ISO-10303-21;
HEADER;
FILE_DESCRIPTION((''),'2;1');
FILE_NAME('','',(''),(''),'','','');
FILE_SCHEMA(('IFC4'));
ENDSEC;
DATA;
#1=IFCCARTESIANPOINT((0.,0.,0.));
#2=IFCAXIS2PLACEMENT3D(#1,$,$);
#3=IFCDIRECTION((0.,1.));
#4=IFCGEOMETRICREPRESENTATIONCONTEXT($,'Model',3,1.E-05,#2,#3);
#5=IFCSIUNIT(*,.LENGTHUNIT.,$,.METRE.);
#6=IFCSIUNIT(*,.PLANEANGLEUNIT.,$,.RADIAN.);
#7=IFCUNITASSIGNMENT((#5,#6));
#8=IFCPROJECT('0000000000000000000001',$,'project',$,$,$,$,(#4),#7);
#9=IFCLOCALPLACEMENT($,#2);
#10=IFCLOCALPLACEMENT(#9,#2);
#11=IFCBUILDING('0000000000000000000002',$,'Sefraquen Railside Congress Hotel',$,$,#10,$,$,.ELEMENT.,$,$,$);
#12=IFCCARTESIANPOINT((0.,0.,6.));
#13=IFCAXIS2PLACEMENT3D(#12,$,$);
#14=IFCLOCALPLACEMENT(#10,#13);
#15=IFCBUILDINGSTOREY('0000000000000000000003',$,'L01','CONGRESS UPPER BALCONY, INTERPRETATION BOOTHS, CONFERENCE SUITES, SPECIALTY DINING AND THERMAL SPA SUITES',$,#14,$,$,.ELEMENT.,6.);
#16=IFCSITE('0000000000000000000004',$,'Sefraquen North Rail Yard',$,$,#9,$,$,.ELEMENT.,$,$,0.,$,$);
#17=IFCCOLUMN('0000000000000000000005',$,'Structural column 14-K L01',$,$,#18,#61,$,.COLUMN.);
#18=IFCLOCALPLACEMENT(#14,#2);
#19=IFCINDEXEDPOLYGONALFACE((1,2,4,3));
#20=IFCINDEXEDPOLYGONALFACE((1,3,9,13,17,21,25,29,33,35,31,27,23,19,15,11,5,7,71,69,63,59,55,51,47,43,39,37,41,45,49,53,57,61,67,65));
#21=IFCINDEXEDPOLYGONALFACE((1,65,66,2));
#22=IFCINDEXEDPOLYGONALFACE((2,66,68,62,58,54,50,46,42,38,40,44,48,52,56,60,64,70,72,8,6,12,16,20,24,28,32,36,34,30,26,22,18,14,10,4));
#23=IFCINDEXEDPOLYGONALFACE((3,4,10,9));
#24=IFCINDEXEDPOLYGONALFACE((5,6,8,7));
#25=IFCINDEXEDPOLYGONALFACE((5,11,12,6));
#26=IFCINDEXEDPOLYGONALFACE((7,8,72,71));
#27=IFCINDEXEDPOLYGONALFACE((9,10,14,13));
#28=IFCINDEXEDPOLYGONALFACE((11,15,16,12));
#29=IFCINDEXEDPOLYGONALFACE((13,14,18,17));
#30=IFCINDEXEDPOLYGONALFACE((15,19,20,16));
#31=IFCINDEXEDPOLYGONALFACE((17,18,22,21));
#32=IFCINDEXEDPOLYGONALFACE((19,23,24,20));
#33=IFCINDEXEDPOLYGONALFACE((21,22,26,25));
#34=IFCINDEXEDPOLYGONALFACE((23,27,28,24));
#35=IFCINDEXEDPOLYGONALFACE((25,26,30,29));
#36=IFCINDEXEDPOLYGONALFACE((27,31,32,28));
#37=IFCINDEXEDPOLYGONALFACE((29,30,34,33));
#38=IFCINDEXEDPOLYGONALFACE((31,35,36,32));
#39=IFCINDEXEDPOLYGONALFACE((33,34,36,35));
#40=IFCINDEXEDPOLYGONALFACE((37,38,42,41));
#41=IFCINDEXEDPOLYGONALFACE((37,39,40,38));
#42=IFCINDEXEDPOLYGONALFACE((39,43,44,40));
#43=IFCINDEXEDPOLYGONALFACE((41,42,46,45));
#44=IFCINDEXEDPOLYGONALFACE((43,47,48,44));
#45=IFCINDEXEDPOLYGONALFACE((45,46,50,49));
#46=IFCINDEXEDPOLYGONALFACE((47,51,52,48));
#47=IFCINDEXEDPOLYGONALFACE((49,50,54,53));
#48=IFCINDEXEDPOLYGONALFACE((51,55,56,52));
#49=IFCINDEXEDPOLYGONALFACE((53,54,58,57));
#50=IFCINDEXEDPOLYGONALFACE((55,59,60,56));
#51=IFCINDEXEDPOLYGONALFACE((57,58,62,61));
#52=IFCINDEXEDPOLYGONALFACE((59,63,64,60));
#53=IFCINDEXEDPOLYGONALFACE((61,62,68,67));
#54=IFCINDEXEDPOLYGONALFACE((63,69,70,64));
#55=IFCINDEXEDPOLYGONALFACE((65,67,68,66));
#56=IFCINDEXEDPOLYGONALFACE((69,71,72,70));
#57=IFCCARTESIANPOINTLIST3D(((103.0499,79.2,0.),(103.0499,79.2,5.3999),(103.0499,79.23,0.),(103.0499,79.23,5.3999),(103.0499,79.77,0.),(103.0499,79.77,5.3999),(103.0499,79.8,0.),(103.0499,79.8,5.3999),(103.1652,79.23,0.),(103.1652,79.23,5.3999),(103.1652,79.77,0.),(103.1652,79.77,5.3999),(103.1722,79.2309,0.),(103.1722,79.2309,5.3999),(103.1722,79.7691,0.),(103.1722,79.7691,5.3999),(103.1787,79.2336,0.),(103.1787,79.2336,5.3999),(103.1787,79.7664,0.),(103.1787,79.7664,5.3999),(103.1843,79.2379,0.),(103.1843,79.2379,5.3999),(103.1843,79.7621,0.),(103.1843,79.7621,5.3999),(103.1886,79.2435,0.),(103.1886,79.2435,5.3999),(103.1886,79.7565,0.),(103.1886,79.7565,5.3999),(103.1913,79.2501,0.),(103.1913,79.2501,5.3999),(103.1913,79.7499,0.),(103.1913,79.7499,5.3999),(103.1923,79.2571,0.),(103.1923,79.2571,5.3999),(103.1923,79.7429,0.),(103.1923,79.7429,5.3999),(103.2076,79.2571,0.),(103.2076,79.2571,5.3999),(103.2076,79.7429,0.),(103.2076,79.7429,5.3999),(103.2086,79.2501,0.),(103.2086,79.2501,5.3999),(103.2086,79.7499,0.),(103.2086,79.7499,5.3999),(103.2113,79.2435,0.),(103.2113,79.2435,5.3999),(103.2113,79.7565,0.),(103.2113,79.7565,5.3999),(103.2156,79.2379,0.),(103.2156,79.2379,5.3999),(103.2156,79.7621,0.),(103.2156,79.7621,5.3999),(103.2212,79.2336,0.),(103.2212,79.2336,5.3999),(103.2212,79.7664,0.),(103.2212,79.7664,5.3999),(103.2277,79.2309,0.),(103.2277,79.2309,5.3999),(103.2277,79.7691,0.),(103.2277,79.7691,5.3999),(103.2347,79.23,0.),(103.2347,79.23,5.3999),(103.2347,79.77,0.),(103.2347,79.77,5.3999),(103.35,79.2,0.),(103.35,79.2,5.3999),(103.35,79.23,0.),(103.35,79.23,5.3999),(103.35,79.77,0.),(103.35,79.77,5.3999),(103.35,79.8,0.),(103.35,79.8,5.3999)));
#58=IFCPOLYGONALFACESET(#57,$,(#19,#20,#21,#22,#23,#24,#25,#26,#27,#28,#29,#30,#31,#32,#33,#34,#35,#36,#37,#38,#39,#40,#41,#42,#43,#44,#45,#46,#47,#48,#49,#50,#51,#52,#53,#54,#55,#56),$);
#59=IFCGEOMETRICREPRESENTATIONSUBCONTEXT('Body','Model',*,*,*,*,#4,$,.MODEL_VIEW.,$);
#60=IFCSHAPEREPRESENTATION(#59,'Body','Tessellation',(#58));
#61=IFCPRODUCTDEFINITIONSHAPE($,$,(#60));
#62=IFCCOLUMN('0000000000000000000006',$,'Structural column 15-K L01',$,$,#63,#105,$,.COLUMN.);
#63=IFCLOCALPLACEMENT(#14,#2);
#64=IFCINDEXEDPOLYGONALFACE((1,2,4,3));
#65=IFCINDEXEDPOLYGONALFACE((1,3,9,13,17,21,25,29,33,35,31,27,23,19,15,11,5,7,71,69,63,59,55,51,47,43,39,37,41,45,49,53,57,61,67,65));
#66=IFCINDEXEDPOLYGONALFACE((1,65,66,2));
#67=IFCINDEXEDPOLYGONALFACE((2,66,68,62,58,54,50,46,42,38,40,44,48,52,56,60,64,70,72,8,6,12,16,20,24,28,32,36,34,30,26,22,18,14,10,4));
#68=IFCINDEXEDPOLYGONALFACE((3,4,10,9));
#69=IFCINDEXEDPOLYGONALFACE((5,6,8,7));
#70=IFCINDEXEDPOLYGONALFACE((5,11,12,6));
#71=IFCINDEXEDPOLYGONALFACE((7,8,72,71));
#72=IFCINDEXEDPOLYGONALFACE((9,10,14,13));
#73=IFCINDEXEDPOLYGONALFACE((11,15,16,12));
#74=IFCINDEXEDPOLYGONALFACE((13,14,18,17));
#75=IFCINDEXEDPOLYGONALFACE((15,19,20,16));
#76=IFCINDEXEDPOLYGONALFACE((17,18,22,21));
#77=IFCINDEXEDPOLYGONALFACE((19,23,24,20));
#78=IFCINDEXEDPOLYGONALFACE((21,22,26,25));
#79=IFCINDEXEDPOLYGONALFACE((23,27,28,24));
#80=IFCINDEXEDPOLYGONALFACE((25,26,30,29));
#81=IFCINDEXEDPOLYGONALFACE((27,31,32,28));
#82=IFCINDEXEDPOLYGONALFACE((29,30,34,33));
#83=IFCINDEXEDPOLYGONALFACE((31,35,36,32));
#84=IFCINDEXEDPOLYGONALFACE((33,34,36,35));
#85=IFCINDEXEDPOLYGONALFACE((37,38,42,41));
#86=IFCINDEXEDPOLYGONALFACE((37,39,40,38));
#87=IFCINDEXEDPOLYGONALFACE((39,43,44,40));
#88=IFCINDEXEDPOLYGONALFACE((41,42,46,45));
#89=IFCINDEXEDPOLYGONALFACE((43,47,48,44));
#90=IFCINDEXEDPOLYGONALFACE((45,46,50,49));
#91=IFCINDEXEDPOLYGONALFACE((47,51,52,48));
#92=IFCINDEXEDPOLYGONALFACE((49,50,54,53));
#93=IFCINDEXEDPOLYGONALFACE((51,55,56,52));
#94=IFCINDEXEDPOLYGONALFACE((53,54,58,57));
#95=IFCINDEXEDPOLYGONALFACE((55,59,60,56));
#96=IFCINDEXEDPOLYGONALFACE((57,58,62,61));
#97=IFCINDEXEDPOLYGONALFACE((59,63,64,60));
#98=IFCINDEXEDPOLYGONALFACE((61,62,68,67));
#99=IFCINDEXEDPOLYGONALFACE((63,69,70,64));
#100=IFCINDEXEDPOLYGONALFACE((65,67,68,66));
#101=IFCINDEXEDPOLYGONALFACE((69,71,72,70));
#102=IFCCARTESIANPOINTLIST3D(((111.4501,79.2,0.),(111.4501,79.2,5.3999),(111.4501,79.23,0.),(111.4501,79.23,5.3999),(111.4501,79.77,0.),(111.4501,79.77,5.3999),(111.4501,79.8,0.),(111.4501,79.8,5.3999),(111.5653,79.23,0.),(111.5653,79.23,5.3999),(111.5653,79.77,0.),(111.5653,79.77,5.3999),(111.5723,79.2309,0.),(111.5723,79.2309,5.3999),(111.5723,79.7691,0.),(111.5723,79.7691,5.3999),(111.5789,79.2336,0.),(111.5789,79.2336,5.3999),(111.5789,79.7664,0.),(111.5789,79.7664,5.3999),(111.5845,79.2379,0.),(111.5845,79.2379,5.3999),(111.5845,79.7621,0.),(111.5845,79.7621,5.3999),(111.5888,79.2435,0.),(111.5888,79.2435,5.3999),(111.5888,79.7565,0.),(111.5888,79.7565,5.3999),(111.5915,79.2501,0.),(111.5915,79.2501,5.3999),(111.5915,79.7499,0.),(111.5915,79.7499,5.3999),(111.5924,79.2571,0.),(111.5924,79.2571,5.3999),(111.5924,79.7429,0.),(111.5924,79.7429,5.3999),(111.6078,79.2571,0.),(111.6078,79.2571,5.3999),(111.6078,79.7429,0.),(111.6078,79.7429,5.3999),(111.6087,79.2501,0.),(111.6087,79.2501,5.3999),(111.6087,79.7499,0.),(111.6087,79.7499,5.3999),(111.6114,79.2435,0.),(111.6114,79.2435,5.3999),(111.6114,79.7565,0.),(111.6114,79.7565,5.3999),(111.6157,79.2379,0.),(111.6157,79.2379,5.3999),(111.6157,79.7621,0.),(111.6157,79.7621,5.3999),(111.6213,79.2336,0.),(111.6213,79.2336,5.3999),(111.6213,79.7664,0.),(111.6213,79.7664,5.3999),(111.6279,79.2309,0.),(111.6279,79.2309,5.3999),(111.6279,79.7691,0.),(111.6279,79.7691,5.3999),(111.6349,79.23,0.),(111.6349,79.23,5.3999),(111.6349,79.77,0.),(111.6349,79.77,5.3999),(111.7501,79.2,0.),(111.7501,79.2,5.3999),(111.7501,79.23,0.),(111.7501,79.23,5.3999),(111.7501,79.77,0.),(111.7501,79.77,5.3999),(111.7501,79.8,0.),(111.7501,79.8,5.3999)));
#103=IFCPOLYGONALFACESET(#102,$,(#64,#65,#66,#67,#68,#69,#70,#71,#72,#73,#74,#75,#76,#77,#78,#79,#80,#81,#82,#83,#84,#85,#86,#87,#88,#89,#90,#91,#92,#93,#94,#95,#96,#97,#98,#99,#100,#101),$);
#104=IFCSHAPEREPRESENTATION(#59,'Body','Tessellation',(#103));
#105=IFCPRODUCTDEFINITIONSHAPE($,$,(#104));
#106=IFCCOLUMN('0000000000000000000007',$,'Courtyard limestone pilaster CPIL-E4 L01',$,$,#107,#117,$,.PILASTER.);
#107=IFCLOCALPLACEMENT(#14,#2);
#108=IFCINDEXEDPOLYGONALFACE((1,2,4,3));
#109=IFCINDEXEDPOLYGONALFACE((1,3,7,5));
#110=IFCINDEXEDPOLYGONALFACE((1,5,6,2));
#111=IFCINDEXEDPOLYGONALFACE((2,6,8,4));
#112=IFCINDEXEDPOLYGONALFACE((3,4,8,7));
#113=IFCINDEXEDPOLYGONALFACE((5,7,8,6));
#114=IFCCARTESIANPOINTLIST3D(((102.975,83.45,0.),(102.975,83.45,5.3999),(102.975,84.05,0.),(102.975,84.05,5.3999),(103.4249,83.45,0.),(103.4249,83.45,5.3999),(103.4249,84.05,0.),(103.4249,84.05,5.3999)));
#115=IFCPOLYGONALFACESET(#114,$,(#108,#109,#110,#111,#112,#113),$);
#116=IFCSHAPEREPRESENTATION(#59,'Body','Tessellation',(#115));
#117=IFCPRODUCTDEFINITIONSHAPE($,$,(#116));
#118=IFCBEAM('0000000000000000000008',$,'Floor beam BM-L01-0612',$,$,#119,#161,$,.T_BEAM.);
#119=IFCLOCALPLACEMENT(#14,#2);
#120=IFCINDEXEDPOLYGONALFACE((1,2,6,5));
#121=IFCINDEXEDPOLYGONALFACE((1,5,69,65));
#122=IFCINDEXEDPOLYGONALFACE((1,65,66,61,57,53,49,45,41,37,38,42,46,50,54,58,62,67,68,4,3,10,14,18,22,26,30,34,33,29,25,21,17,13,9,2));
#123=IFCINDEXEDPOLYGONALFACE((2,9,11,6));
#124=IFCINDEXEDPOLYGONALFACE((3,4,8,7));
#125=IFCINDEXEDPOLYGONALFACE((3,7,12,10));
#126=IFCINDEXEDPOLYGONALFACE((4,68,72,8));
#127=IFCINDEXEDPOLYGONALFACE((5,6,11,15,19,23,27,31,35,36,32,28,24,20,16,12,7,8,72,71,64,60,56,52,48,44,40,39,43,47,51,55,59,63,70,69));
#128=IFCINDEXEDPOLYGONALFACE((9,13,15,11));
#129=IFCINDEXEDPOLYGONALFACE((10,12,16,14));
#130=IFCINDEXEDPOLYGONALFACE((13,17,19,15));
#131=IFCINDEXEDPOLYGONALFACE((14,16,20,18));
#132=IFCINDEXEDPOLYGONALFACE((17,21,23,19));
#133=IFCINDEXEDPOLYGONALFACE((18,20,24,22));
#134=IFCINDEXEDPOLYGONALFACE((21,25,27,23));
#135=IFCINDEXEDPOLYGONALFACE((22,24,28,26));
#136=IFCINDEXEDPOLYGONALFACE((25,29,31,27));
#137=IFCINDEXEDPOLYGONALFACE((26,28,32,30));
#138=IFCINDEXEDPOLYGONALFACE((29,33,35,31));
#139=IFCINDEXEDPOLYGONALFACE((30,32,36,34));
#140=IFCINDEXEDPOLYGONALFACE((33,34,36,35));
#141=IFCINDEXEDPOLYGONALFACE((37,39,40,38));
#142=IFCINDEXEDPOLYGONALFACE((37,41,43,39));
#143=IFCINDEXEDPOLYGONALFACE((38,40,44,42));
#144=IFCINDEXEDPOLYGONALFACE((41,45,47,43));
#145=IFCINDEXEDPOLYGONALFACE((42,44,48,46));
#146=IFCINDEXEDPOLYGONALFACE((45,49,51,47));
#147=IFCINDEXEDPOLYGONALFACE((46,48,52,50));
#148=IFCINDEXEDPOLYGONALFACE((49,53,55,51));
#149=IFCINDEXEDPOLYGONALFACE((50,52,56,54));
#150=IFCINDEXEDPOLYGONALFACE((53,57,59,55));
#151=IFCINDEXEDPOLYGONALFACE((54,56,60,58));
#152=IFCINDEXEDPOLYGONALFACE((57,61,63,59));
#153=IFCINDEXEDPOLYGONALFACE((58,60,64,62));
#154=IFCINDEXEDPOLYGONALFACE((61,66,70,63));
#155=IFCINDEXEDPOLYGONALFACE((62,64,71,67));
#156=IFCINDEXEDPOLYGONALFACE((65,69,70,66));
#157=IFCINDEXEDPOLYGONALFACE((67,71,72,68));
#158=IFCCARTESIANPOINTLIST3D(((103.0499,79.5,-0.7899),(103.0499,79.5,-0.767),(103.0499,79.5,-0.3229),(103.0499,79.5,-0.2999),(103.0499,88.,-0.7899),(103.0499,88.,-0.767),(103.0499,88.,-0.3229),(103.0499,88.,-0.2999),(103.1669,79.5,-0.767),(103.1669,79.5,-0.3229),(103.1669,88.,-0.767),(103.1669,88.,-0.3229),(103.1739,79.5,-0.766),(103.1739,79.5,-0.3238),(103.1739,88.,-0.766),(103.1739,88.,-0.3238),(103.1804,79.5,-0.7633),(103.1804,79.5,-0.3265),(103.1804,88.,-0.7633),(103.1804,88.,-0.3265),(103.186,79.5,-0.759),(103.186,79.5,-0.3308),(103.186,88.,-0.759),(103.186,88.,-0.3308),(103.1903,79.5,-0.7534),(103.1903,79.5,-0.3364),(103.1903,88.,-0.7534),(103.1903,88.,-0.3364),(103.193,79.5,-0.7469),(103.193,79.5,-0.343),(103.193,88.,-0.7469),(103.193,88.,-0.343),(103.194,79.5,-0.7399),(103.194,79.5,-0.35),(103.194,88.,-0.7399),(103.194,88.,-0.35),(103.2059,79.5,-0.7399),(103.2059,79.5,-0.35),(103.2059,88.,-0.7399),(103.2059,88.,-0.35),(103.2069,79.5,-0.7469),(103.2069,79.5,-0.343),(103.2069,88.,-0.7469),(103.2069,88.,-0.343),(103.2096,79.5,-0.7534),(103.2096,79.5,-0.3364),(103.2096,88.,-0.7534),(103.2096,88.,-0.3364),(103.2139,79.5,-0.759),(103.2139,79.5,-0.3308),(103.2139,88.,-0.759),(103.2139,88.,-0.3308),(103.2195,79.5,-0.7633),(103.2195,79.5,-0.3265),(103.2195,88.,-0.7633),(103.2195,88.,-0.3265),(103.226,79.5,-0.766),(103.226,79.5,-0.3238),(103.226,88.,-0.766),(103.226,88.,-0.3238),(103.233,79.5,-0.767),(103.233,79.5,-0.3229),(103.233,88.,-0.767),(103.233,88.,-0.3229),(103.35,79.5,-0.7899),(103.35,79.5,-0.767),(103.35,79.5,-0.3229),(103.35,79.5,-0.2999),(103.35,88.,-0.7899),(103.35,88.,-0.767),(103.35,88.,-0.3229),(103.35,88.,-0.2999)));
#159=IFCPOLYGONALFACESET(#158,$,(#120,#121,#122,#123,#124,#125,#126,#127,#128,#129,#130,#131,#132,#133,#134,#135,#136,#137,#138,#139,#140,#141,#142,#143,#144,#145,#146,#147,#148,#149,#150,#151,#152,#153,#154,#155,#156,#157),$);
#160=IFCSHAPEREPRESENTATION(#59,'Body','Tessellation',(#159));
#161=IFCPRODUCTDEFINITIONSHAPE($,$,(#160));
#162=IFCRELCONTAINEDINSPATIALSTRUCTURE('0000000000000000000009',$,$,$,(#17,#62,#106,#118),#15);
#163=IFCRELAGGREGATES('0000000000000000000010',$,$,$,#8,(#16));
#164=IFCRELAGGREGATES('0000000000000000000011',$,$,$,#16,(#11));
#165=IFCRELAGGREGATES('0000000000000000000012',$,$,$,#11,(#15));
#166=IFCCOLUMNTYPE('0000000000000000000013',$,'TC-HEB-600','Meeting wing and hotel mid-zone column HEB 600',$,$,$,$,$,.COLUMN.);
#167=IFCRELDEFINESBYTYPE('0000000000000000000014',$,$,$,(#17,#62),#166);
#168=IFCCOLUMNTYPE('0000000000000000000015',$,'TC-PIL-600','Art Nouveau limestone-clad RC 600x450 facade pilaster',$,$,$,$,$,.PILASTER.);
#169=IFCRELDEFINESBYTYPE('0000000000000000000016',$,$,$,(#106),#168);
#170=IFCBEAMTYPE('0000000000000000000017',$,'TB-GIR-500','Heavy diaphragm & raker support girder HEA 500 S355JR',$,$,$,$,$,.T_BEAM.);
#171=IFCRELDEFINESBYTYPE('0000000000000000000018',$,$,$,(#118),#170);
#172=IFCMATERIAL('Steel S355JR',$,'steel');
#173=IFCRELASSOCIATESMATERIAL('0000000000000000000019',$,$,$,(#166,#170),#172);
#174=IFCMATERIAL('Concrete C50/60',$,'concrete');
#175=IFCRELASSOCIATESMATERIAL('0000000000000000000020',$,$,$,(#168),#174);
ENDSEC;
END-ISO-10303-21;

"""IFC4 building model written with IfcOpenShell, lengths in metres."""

from ifc_helpers import new_model, si_unit, direction, frame, origin, origin_2d, place, context, subcontext, project, spatial, rectangle, i_section, extrude, material, material_profile, profile_set, type_object, element, save


model = new_model("IFC4")

# Units and contexts
model_context = context("Model", 3, precision=1e-05, world=origin(), true_north=direction((0.0, 1.0)))
body_context = subcontext(model_context, "Body", "Model", "MODEL_VIEW")
ifc_project = project(units=[si_unit("LENGTHUNIT", "METRE"), si_unit("PLANEANGLEUNIT", "RADIAN")], contexts=[model_context])

# Site, building, storey
site_placement = place(None, origin())
site = spatial("IfcSite", under=ifc_project, at=site_placement, Name="Sefraquen North Rail Yard", CompositionType="ELEMENT", RefElevation=0.0)
building_placement = place(site_placement, origin())
building = spatial("IfcBuilding", under=site, at=building_placement, Name="Sefraquen Railside Congress Hotel", CompositionType="ELEMENT")
storey_placement = place(building_placement, frame((0.0, 0.0, 6.0)))
storey = spatial("IfcBuildingStorey", under=building, at=storey_placement, Name="L01", Description="CONGRESS UPPER BALCONY, INTERPRETATION BOOTHS, CONFERENCE SUITES, SPECIALTY DINING AND THERMAL SPA SUITES", CompositionType="ELEMENT", Elevation=6.0)

# Columns
ifc_material_1 = material(Name="Steel S355JR", Category="steel")
ifc_material_profile_1 = material_profile(ifc_material_1, i_section(OverallWidth=0.3, OverallDepth=0.6001, WebThickness=0.0154, FlangeThickness=0.03, FilletRadius=0.0271, at=origin_2d()), Name="HEB 600")
ifc_profile_set_1 = profile_set([ifc_material_profile_1], Name="Steel S355JR")
column_type_1 = type_object("IfcColumnType", Name="TC-HEB-600", Description="Meeting wing and hotel mid-zone column HEB 600", PredefinedType="COLUMN", material=ifc_profile_set_1)
for number, where, z_axis, x_axis, name in (
    (1, (103.2, 79.5, 0.0), (0.0, 0.0, 1.0), (1.0, 0.0, 0.0), "Structural column 14-K L01"),
    (2, (111.6001, 79.5, 0.0), (0.0, 0.0, 1.0), (1.0, 0.0, 0.0), "Structural column 15-K L01"),
):
    element("IfcColumn", number, at=place(storey_placement, frame(where, z_axis=z_axis, x_axis=x_axis)), inside=storey, type_object=column_type_1, Name=name, PredefinedType="COLUMN", context=body_context, shape_type="SweptSolid", body=[
        extrude(i_section(OverallWidth=0.3, OverallDepth=0.6001, WebThickness=0.0154, FlangeThickness=0.03, FilletRadius=0.0271, at=origin_2d()), origin(), (0.0, 0.0, 1.0), 5.3999),
    ])
ifc_material_2 = material(Name="Concrete C50/60", Category="concrete")
ifc_material_profile_2 = material_profile(ifc_material_2, rectangle(XDim=0.45, YDim=0.6001, at=origin_2d()), Name="RC 600x450")
ifc_profile_set_2 = profile_set([ifc_material_profile_2], Name="Concrete C50/60")
column_type_2 = type_object("IfcColumnType", Name="TC-PIL-600", Description="Art Nouveau limestone-clad RC 600x450 facade pilaster", PredefinedType="PILASTER", material=ifc_profile_set_2)
column_placement = place(storey_placement, frame((103.2, 83.75, 0.0), z_axis=(0.0, 0.0, 1.0), x_axis=(1.0, 0.0, 0.0)))
element("IfcColumn", 3, at=column_placement, inside=storey, type_object=column_type_2, Name="Courtyard limestone pilaster CPIL-E4 L01", PredefinedType="PILASTER", context=body_context, shape_type="SweptSolid", body=[
    extrude(rectangle(XDim=0.45, YDim=0.6001, at=origin_2d()), origin(), (0.0, 0.0, 1.0), 5.3999),
])

# Beam
ifc_material_profile_3 = material_profile(ifc_material_1, i_section(OverallWidth=0.3, OverallDepth=0.49, WebThickness=0.012, FlangeThickness=0.0229, FilletRadius=0.0271, at=origin_2d()), Name="HEA 500")
ifc_profile_set_3 = profile_set([ifc_material_profile_3], Name="Steel S355JR")
beam_type_1 = type_object("IfcBeamType", Name="TB-GIR-500", Description="Heavy diaphragm & raker support girder HEA 500 S355JR", PredefinedType="T_BEAM", material=ifc_profile_set_3)
for number, where, z_axis, x_axis, name in (
    (4, (103.2, 79.5, -0.5449), (0.0, 1.0, 0.0), (-1.0, 0.0, 0.0), "Floor beam BM-L01-0612"),
):
    element("IfcBeam", number, at=place(storey_placement, frame(where, z_axis=z_axis, x_axis=x_axis)), inside=storey, type_object=beam_type_1, Name=name, PredefinedType="T_BEAM", context=body_context, shape_type="SweptSolid", body=[
        extrude(i_section(OverallWidth=0.3, OverallDepth=0.49, WebThickness=0.012, FlangeThickness=0.0229, FilletRadius=0.0271, at=origin_2d()), origin(), (0.0, 0.0, 1.0), 8.5),
    ])

save(model, "model.ifc")
